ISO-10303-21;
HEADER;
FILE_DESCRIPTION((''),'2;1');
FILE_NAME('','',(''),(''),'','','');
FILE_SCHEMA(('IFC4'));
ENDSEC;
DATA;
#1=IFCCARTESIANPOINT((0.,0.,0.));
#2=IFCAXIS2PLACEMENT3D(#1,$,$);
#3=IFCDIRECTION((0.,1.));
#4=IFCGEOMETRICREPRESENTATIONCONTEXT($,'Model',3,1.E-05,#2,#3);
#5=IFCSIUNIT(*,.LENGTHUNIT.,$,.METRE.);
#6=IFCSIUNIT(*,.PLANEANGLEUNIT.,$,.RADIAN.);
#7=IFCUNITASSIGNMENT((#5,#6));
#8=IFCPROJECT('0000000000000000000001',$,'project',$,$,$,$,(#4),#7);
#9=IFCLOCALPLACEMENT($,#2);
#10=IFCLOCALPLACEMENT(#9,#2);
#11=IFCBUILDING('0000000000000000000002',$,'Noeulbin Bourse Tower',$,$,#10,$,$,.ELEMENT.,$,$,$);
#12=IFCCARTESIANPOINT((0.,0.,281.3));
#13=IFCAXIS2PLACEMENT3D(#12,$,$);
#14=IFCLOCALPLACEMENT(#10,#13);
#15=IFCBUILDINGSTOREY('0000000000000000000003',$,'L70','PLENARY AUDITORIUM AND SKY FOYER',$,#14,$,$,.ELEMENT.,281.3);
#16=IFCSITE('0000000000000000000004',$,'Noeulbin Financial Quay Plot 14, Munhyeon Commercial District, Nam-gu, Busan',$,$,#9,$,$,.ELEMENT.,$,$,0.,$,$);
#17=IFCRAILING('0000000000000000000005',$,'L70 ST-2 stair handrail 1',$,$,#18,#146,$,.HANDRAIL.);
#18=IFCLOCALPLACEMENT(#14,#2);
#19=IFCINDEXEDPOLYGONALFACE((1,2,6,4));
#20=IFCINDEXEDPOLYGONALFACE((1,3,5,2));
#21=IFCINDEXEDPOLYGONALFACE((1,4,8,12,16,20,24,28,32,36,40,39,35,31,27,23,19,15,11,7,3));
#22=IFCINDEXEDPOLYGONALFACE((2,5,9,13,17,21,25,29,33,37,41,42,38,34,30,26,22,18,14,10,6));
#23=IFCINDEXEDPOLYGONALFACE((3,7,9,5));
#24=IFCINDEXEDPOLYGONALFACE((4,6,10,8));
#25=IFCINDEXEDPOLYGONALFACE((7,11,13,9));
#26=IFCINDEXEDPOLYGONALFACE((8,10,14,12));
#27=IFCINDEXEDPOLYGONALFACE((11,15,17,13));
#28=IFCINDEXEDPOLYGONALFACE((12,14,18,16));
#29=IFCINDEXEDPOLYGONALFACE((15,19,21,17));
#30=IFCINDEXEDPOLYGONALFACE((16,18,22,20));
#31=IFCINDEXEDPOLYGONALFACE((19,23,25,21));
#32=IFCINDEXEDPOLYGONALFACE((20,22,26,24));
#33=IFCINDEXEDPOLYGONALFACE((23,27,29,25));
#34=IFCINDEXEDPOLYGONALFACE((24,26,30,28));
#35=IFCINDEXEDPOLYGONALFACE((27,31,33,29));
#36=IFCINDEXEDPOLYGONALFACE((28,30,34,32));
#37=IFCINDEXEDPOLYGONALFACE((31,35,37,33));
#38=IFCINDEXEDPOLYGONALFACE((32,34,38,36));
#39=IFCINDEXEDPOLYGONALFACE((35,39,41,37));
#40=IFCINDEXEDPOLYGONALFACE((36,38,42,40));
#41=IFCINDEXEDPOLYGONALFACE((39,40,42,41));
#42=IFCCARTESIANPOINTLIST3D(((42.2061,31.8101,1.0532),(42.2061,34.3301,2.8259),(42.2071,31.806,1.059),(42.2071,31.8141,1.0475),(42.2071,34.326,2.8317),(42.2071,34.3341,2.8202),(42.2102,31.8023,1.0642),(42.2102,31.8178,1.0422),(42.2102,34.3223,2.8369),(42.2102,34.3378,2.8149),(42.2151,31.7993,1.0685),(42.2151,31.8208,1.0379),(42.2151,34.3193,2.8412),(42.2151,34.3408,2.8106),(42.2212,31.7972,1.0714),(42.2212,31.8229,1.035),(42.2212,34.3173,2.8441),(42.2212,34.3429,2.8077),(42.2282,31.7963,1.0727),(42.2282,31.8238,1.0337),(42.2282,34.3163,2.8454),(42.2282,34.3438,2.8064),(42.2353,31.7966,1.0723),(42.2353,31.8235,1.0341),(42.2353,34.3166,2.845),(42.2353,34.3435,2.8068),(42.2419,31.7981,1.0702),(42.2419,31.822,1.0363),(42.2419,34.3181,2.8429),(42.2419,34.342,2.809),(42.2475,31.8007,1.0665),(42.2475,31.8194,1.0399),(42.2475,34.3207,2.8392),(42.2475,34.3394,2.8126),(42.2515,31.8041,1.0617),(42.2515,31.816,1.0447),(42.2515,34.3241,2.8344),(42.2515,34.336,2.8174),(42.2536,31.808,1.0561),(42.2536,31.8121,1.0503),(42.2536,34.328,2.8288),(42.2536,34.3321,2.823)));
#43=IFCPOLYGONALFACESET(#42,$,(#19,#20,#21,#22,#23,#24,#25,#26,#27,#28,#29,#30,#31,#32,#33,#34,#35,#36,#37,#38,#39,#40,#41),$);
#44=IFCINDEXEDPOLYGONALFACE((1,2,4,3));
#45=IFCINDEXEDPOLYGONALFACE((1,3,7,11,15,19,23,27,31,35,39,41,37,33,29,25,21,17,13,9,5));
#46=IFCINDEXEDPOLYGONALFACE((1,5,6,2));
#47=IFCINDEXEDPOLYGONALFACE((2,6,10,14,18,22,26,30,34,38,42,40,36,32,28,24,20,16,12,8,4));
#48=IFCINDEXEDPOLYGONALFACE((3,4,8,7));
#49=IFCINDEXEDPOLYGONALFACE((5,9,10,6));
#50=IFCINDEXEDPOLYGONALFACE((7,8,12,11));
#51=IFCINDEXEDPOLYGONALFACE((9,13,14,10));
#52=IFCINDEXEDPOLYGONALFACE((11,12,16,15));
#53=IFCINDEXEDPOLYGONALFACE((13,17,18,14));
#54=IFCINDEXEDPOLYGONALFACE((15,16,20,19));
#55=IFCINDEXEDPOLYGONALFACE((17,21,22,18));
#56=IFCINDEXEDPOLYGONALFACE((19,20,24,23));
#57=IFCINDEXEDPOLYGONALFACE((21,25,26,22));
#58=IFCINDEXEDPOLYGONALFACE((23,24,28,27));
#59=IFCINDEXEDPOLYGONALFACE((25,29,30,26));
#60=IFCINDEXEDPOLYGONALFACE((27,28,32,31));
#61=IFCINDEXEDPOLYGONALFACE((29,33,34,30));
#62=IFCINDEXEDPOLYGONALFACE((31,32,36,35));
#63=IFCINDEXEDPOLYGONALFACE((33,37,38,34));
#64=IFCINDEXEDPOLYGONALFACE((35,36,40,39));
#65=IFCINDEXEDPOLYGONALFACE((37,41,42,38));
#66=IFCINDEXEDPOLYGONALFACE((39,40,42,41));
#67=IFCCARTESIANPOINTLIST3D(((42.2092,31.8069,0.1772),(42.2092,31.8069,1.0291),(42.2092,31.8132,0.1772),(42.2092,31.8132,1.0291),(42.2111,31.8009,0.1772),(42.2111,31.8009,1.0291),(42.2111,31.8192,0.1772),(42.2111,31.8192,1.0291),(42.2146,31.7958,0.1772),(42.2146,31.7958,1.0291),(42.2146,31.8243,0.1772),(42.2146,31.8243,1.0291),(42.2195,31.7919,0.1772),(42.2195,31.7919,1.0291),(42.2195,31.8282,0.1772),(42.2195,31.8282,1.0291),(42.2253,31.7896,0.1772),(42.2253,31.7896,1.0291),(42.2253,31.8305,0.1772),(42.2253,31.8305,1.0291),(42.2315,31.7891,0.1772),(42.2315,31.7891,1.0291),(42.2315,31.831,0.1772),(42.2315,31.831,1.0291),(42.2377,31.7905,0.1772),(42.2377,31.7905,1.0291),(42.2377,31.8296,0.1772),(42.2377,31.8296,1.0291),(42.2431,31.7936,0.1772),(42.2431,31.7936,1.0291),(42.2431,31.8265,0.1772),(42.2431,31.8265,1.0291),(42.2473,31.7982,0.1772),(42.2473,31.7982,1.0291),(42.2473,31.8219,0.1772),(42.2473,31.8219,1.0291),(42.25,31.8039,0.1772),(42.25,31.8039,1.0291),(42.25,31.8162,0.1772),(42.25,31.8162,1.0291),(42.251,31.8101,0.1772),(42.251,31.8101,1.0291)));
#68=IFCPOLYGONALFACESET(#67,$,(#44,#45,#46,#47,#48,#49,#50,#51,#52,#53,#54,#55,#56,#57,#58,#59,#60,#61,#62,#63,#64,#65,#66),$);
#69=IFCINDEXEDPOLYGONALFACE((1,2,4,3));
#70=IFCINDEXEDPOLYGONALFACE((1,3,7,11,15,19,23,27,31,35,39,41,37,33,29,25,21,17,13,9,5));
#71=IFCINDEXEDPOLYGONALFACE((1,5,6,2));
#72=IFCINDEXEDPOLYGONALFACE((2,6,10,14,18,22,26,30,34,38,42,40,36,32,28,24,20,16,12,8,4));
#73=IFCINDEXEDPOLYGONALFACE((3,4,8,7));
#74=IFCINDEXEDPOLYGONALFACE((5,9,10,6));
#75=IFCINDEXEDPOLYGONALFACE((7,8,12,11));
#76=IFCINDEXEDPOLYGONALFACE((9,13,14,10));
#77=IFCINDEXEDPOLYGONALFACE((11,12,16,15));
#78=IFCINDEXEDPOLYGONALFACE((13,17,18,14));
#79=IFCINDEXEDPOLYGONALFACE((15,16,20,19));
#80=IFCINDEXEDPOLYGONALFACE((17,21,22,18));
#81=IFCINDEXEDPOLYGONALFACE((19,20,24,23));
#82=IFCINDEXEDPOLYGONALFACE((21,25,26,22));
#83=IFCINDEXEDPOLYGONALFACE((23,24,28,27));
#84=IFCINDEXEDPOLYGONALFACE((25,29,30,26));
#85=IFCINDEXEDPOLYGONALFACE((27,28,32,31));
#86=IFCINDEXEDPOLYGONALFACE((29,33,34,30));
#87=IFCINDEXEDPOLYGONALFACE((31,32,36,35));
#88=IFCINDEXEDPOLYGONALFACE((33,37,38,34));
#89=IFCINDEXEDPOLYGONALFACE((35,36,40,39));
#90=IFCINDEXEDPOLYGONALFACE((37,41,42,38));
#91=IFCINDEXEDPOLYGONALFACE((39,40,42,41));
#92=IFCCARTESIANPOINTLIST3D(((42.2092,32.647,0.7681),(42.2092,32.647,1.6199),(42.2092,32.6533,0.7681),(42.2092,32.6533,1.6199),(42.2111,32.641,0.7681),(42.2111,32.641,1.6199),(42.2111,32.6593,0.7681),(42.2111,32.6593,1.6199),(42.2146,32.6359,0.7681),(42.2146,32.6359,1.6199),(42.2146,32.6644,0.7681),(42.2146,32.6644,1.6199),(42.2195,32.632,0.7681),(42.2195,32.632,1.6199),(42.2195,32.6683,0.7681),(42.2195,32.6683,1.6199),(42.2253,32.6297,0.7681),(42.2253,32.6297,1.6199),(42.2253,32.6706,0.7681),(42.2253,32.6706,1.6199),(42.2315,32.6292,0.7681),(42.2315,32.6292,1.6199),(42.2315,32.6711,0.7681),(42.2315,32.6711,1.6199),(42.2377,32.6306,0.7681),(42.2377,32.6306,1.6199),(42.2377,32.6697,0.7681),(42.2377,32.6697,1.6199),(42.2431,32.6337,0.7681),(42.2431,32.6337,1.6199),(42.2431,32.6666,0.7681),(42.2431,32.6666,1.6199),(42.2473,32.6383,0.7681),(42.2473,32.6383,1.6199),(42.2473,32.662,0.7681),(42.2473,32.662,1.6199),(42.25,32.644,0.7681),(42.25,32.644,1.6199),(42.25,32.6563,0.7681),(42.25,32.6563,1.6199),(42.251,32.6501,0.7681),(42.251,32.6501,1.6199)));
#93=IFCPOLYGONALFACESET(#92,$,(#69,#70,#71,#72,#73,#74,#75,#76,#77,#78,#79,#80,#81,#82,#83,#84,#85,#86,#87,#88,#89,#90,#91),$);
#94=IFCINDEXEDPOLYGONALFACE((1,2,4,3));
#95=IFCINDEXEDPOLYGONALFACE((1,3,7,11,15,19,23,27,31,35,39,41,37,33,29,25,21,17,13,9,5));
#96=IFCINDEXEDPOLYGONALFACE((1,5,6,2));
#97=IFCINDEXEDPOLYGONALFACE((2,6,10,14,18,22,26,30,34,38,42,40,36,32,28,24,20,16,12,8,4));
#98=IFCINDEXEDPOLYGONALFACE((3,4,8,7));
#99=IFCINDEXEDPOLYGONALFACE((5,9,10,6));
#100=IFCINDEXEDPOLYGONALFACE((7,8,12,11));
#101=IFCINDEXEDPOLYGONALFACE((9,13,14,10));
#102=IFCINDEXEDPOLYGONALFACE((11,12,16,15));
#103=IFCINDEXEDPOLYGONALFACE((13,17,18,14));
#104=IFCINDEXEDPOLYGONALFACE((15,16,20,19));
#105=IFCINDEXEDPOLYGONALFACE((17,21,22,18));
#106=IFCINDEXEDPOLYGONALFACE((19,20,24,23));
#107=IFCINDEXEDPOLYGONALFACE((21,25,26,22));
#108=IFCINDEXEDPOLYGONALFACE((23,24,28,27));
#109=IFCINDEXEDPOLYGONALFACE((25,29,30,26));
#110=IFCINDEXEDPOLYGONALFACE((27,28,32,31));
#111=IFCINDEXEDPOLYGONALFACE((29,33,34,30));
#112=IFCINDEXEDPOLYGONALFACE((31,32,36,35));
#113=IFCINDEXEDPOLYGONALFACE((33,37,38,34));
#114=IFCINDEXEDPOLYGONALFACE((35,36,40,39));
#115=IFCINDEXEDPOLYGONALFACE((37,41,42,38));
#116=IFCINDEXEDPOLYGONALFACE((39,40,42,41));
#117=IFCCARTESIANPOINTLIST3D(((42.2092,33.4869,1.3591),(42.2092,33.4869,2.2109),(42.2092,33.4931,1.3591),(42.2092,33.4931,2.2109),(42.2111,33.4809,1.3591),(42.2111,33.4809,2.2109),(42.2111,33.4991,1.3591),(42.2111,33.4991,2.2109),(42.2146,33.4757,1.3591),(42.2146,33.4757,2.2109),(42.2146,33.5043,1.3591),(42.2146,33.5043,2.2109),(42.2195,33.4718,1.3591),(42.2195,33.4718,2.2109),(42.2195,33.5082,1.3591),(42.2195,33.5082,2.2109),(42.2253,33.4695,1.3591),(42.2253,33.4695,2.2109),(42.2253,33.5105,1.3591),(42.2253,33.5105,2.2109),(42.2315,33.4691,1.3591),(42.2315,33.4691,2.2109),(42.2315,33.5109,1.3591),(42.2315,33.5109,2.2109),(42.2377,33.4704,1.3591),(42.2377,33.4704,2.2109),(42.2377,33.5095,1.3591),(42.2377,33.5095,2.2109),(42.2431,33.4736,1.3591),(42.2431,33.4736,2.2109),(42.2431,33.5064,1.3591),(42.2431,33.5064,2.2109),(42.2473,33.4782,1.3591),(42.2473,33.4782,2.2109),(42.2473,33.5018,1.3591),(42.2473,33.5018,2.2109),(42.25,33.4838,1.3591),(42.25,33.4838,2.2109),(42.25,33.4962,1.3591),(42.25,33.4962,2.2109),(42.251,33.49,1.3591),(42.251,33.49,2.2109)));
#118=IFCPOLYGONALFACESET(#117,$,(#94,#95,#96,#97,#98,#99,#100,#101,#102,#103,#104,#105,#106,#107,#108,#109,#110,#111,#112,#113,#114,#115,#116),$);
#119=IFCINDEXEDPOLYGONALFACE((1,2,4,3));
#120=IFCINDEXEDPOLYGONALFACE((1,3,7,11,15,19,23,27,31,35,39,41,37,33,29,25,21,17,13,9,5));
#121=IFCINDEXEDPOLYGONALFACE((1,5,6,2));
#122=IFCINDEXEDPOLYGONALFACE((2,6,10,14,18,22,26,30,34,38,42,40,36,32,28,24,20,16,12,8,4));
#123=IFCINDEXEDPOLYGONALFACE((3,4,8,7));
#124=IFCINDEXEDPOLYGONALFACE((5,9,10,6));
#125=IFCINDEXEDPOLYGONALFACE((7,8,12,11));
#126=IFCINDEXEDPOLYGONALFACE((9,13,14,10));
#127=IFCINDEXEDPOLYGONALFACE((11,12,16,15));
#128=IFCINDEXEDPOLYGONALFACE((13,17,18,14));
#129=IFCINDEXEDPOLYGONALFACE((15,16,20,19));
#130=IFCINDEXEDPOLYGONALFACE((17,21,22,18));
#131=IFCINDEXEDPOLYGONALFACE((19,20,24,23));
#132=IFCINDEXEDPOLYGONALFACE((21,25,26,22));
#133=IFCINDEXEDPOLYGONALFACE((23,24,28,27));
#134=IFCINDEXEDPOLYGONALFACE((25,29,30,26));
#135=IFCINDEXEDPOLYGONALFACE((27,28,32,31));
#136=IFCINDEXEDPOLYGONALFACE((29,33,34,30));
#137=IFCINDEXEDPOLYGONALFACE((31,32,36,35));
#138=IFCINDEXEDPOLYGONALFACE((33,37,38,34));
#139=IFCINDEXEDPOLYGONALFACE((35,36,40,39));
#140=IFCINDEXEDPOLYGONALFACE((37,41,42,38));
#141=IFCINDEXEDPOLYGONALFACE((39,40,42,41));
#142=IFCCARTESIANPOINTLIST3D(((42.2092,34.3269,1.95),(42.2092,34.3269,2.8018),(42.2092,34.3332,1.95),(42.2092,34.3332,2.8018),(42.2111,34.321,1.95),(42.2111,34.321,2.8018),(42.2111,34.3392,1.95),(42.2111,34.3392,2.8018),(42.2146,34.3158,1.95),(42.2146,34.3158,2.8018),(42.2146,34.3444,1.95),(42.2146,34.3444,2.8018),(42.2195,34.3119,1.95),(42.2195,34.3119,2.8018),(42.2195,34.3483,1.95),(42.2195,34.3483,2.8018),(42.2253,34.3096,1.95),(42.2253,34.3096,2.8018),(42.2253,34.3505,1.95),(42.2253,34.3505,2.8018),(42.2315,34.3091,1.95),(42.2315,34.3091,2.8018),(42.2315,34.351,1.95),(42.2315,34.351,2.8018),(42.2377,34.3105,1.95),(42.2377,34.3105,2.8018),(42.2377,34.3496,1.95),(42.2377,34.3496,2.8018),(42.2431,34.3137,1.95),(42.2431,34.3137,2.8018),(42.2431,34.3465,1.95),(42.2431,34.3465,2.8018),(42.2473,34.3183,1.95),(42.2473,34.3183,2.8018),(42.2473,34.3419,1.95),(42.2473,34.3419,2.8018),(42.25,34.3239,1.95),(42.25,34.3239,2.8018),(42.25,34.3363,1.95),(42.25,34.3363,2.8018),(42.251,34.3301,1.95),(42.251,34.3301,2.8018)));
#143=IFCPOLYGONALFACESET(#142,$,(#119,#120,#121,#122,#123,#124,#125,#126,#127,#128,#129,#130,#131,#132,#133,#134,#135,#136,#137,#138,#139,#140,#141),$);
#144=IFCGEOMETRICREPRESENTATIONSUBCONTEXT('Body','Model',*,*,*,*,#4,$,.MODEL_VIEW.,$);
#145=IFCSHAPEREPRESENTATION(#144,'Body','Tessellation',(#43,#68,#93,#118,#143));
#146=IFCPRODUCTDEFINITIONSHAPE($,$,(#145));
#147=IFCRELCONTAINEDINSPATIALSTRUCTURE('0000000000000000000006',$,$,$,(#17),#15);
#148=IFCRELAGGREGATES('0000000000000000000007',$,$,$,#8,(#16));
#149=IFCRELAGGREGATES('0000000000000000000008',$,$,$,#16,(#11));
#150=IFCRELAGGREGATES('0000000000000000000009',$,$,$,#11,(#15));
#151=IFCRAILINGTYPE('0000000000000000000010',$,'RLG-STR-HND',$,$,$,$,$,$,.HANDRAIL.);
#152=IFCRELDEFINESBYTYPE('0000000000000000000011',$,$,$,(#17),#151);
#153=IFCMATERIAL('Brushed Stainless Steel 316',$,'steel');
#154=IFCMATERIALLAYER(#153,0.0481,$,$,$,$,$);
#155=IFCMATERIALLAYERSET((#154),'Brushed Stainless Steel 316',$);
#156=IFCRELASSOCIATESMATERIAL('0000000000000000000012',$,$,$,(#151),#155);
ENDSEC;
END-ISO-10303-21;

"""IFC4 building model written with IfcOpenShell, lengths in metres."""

from ifc_helpers import new_model, si_unit, direction, frame, origin, origin_2d, place, context, subcontext, project, spatial, circle, extrude, material, layer, layer_set, type_object, element, save


model = new_model("IFC4")

# Units and contexts
model_context = context("Model", 3, precision=1e-05, world=origin(), true_north=direction((0.0, 1.0)))
body_context = subcontext(model_context, "Body", "Model", "MODEL_VIEW")
ifc_project = project(units=[si_unit("LENGTHUNIT", "METRE"), si_unit("PLANEANGLEUNIT", "RADIAN")], contexts=[model_context])

# Site, building, storey
site_placement = place(None, origin())
site = spatial("IfcSite", under=ifc_project, at=site_placement, Name="Noeulbin Financial Quay Plot 14, Munhyeon Commercial District, Nam-gu, Busan", CompositionType="ELEMENT", RefElevation=0.0)
building_placement = place(site_placement, origin())
building = spatial("IfcBuilding", under=site, at=building_placement, Name="Noeulbin Bourse Tower", CompositionType="ELEMENT")
storey_placement = place(building_placement, frame((0.0, 0.0, 281.3)))
storey = spatial("IfcBuildingStorey", under=building, at=storey_placement, Name="L70", Description="PLENARY AUDITORIUM AND SKY FOYER", CompositionType="ELEMENT", Elevation=281.3)

# Shared definitions
ifc_material_1 = material(Name="Brushed Stainless Steel 316", Category="steel")

# Railing
ifc_layer_1 = layer(ifc_material_1, 0.0481)
ifc_layer_set_1 = layer_set([ifc_layer_1], Name="Brushed Stainless Steel 316")
railing_type_1 = type_object("IfcRailingType", Name="RLG-STR-HND", PredefinedType="HANDRAIL", material=ifc_layer_set_1)
railing_1_placement = place(storey_placement, frame((42.23, 31.8101, 0.1772)))
element("IfcRailing", 1, at=railing_1_placement, inside=storey, type_object=railing_type_1, Name="L70 ST-2 stair handrail 1", PredefinedType="HANDRAIL", context=body_context, shape_type="SweptSolid", body=[
    extrude(circle(Radius=0.0239, at=origin_2d()), frame((0.0, 0.0, 0.876), z_axis=(0.0, 0.817904, 0.575354), x_axis=(-1.0, 0.0, 0.0)), (0.0, 0.0, 1.0), 3.0811),
    extrude(circle(Radius=0.021, at=origin_2d()), origin(), (0.0, 0.0, 1.0), 0.8518),
    extrude(circle(Radius=0.021, at=origin_2d()), frame((0.0, 0.8401, 0.5908)), (0.0, 0.0, 1.0), 0.8518),
    extrude(circle(Radius=0.021, at=origin_2d()), frame((0.0, 1.6799, 1.1819)), (0.0, 0.0, 1.0), 0.8518),
    extrude(circle(Radius=0.021, at=origin_2d()), frame((0.0, 2.52, 1.7727)), (0.0, 0.0, 1.0), 0.8518),
])

save(model, "model.ifc")
